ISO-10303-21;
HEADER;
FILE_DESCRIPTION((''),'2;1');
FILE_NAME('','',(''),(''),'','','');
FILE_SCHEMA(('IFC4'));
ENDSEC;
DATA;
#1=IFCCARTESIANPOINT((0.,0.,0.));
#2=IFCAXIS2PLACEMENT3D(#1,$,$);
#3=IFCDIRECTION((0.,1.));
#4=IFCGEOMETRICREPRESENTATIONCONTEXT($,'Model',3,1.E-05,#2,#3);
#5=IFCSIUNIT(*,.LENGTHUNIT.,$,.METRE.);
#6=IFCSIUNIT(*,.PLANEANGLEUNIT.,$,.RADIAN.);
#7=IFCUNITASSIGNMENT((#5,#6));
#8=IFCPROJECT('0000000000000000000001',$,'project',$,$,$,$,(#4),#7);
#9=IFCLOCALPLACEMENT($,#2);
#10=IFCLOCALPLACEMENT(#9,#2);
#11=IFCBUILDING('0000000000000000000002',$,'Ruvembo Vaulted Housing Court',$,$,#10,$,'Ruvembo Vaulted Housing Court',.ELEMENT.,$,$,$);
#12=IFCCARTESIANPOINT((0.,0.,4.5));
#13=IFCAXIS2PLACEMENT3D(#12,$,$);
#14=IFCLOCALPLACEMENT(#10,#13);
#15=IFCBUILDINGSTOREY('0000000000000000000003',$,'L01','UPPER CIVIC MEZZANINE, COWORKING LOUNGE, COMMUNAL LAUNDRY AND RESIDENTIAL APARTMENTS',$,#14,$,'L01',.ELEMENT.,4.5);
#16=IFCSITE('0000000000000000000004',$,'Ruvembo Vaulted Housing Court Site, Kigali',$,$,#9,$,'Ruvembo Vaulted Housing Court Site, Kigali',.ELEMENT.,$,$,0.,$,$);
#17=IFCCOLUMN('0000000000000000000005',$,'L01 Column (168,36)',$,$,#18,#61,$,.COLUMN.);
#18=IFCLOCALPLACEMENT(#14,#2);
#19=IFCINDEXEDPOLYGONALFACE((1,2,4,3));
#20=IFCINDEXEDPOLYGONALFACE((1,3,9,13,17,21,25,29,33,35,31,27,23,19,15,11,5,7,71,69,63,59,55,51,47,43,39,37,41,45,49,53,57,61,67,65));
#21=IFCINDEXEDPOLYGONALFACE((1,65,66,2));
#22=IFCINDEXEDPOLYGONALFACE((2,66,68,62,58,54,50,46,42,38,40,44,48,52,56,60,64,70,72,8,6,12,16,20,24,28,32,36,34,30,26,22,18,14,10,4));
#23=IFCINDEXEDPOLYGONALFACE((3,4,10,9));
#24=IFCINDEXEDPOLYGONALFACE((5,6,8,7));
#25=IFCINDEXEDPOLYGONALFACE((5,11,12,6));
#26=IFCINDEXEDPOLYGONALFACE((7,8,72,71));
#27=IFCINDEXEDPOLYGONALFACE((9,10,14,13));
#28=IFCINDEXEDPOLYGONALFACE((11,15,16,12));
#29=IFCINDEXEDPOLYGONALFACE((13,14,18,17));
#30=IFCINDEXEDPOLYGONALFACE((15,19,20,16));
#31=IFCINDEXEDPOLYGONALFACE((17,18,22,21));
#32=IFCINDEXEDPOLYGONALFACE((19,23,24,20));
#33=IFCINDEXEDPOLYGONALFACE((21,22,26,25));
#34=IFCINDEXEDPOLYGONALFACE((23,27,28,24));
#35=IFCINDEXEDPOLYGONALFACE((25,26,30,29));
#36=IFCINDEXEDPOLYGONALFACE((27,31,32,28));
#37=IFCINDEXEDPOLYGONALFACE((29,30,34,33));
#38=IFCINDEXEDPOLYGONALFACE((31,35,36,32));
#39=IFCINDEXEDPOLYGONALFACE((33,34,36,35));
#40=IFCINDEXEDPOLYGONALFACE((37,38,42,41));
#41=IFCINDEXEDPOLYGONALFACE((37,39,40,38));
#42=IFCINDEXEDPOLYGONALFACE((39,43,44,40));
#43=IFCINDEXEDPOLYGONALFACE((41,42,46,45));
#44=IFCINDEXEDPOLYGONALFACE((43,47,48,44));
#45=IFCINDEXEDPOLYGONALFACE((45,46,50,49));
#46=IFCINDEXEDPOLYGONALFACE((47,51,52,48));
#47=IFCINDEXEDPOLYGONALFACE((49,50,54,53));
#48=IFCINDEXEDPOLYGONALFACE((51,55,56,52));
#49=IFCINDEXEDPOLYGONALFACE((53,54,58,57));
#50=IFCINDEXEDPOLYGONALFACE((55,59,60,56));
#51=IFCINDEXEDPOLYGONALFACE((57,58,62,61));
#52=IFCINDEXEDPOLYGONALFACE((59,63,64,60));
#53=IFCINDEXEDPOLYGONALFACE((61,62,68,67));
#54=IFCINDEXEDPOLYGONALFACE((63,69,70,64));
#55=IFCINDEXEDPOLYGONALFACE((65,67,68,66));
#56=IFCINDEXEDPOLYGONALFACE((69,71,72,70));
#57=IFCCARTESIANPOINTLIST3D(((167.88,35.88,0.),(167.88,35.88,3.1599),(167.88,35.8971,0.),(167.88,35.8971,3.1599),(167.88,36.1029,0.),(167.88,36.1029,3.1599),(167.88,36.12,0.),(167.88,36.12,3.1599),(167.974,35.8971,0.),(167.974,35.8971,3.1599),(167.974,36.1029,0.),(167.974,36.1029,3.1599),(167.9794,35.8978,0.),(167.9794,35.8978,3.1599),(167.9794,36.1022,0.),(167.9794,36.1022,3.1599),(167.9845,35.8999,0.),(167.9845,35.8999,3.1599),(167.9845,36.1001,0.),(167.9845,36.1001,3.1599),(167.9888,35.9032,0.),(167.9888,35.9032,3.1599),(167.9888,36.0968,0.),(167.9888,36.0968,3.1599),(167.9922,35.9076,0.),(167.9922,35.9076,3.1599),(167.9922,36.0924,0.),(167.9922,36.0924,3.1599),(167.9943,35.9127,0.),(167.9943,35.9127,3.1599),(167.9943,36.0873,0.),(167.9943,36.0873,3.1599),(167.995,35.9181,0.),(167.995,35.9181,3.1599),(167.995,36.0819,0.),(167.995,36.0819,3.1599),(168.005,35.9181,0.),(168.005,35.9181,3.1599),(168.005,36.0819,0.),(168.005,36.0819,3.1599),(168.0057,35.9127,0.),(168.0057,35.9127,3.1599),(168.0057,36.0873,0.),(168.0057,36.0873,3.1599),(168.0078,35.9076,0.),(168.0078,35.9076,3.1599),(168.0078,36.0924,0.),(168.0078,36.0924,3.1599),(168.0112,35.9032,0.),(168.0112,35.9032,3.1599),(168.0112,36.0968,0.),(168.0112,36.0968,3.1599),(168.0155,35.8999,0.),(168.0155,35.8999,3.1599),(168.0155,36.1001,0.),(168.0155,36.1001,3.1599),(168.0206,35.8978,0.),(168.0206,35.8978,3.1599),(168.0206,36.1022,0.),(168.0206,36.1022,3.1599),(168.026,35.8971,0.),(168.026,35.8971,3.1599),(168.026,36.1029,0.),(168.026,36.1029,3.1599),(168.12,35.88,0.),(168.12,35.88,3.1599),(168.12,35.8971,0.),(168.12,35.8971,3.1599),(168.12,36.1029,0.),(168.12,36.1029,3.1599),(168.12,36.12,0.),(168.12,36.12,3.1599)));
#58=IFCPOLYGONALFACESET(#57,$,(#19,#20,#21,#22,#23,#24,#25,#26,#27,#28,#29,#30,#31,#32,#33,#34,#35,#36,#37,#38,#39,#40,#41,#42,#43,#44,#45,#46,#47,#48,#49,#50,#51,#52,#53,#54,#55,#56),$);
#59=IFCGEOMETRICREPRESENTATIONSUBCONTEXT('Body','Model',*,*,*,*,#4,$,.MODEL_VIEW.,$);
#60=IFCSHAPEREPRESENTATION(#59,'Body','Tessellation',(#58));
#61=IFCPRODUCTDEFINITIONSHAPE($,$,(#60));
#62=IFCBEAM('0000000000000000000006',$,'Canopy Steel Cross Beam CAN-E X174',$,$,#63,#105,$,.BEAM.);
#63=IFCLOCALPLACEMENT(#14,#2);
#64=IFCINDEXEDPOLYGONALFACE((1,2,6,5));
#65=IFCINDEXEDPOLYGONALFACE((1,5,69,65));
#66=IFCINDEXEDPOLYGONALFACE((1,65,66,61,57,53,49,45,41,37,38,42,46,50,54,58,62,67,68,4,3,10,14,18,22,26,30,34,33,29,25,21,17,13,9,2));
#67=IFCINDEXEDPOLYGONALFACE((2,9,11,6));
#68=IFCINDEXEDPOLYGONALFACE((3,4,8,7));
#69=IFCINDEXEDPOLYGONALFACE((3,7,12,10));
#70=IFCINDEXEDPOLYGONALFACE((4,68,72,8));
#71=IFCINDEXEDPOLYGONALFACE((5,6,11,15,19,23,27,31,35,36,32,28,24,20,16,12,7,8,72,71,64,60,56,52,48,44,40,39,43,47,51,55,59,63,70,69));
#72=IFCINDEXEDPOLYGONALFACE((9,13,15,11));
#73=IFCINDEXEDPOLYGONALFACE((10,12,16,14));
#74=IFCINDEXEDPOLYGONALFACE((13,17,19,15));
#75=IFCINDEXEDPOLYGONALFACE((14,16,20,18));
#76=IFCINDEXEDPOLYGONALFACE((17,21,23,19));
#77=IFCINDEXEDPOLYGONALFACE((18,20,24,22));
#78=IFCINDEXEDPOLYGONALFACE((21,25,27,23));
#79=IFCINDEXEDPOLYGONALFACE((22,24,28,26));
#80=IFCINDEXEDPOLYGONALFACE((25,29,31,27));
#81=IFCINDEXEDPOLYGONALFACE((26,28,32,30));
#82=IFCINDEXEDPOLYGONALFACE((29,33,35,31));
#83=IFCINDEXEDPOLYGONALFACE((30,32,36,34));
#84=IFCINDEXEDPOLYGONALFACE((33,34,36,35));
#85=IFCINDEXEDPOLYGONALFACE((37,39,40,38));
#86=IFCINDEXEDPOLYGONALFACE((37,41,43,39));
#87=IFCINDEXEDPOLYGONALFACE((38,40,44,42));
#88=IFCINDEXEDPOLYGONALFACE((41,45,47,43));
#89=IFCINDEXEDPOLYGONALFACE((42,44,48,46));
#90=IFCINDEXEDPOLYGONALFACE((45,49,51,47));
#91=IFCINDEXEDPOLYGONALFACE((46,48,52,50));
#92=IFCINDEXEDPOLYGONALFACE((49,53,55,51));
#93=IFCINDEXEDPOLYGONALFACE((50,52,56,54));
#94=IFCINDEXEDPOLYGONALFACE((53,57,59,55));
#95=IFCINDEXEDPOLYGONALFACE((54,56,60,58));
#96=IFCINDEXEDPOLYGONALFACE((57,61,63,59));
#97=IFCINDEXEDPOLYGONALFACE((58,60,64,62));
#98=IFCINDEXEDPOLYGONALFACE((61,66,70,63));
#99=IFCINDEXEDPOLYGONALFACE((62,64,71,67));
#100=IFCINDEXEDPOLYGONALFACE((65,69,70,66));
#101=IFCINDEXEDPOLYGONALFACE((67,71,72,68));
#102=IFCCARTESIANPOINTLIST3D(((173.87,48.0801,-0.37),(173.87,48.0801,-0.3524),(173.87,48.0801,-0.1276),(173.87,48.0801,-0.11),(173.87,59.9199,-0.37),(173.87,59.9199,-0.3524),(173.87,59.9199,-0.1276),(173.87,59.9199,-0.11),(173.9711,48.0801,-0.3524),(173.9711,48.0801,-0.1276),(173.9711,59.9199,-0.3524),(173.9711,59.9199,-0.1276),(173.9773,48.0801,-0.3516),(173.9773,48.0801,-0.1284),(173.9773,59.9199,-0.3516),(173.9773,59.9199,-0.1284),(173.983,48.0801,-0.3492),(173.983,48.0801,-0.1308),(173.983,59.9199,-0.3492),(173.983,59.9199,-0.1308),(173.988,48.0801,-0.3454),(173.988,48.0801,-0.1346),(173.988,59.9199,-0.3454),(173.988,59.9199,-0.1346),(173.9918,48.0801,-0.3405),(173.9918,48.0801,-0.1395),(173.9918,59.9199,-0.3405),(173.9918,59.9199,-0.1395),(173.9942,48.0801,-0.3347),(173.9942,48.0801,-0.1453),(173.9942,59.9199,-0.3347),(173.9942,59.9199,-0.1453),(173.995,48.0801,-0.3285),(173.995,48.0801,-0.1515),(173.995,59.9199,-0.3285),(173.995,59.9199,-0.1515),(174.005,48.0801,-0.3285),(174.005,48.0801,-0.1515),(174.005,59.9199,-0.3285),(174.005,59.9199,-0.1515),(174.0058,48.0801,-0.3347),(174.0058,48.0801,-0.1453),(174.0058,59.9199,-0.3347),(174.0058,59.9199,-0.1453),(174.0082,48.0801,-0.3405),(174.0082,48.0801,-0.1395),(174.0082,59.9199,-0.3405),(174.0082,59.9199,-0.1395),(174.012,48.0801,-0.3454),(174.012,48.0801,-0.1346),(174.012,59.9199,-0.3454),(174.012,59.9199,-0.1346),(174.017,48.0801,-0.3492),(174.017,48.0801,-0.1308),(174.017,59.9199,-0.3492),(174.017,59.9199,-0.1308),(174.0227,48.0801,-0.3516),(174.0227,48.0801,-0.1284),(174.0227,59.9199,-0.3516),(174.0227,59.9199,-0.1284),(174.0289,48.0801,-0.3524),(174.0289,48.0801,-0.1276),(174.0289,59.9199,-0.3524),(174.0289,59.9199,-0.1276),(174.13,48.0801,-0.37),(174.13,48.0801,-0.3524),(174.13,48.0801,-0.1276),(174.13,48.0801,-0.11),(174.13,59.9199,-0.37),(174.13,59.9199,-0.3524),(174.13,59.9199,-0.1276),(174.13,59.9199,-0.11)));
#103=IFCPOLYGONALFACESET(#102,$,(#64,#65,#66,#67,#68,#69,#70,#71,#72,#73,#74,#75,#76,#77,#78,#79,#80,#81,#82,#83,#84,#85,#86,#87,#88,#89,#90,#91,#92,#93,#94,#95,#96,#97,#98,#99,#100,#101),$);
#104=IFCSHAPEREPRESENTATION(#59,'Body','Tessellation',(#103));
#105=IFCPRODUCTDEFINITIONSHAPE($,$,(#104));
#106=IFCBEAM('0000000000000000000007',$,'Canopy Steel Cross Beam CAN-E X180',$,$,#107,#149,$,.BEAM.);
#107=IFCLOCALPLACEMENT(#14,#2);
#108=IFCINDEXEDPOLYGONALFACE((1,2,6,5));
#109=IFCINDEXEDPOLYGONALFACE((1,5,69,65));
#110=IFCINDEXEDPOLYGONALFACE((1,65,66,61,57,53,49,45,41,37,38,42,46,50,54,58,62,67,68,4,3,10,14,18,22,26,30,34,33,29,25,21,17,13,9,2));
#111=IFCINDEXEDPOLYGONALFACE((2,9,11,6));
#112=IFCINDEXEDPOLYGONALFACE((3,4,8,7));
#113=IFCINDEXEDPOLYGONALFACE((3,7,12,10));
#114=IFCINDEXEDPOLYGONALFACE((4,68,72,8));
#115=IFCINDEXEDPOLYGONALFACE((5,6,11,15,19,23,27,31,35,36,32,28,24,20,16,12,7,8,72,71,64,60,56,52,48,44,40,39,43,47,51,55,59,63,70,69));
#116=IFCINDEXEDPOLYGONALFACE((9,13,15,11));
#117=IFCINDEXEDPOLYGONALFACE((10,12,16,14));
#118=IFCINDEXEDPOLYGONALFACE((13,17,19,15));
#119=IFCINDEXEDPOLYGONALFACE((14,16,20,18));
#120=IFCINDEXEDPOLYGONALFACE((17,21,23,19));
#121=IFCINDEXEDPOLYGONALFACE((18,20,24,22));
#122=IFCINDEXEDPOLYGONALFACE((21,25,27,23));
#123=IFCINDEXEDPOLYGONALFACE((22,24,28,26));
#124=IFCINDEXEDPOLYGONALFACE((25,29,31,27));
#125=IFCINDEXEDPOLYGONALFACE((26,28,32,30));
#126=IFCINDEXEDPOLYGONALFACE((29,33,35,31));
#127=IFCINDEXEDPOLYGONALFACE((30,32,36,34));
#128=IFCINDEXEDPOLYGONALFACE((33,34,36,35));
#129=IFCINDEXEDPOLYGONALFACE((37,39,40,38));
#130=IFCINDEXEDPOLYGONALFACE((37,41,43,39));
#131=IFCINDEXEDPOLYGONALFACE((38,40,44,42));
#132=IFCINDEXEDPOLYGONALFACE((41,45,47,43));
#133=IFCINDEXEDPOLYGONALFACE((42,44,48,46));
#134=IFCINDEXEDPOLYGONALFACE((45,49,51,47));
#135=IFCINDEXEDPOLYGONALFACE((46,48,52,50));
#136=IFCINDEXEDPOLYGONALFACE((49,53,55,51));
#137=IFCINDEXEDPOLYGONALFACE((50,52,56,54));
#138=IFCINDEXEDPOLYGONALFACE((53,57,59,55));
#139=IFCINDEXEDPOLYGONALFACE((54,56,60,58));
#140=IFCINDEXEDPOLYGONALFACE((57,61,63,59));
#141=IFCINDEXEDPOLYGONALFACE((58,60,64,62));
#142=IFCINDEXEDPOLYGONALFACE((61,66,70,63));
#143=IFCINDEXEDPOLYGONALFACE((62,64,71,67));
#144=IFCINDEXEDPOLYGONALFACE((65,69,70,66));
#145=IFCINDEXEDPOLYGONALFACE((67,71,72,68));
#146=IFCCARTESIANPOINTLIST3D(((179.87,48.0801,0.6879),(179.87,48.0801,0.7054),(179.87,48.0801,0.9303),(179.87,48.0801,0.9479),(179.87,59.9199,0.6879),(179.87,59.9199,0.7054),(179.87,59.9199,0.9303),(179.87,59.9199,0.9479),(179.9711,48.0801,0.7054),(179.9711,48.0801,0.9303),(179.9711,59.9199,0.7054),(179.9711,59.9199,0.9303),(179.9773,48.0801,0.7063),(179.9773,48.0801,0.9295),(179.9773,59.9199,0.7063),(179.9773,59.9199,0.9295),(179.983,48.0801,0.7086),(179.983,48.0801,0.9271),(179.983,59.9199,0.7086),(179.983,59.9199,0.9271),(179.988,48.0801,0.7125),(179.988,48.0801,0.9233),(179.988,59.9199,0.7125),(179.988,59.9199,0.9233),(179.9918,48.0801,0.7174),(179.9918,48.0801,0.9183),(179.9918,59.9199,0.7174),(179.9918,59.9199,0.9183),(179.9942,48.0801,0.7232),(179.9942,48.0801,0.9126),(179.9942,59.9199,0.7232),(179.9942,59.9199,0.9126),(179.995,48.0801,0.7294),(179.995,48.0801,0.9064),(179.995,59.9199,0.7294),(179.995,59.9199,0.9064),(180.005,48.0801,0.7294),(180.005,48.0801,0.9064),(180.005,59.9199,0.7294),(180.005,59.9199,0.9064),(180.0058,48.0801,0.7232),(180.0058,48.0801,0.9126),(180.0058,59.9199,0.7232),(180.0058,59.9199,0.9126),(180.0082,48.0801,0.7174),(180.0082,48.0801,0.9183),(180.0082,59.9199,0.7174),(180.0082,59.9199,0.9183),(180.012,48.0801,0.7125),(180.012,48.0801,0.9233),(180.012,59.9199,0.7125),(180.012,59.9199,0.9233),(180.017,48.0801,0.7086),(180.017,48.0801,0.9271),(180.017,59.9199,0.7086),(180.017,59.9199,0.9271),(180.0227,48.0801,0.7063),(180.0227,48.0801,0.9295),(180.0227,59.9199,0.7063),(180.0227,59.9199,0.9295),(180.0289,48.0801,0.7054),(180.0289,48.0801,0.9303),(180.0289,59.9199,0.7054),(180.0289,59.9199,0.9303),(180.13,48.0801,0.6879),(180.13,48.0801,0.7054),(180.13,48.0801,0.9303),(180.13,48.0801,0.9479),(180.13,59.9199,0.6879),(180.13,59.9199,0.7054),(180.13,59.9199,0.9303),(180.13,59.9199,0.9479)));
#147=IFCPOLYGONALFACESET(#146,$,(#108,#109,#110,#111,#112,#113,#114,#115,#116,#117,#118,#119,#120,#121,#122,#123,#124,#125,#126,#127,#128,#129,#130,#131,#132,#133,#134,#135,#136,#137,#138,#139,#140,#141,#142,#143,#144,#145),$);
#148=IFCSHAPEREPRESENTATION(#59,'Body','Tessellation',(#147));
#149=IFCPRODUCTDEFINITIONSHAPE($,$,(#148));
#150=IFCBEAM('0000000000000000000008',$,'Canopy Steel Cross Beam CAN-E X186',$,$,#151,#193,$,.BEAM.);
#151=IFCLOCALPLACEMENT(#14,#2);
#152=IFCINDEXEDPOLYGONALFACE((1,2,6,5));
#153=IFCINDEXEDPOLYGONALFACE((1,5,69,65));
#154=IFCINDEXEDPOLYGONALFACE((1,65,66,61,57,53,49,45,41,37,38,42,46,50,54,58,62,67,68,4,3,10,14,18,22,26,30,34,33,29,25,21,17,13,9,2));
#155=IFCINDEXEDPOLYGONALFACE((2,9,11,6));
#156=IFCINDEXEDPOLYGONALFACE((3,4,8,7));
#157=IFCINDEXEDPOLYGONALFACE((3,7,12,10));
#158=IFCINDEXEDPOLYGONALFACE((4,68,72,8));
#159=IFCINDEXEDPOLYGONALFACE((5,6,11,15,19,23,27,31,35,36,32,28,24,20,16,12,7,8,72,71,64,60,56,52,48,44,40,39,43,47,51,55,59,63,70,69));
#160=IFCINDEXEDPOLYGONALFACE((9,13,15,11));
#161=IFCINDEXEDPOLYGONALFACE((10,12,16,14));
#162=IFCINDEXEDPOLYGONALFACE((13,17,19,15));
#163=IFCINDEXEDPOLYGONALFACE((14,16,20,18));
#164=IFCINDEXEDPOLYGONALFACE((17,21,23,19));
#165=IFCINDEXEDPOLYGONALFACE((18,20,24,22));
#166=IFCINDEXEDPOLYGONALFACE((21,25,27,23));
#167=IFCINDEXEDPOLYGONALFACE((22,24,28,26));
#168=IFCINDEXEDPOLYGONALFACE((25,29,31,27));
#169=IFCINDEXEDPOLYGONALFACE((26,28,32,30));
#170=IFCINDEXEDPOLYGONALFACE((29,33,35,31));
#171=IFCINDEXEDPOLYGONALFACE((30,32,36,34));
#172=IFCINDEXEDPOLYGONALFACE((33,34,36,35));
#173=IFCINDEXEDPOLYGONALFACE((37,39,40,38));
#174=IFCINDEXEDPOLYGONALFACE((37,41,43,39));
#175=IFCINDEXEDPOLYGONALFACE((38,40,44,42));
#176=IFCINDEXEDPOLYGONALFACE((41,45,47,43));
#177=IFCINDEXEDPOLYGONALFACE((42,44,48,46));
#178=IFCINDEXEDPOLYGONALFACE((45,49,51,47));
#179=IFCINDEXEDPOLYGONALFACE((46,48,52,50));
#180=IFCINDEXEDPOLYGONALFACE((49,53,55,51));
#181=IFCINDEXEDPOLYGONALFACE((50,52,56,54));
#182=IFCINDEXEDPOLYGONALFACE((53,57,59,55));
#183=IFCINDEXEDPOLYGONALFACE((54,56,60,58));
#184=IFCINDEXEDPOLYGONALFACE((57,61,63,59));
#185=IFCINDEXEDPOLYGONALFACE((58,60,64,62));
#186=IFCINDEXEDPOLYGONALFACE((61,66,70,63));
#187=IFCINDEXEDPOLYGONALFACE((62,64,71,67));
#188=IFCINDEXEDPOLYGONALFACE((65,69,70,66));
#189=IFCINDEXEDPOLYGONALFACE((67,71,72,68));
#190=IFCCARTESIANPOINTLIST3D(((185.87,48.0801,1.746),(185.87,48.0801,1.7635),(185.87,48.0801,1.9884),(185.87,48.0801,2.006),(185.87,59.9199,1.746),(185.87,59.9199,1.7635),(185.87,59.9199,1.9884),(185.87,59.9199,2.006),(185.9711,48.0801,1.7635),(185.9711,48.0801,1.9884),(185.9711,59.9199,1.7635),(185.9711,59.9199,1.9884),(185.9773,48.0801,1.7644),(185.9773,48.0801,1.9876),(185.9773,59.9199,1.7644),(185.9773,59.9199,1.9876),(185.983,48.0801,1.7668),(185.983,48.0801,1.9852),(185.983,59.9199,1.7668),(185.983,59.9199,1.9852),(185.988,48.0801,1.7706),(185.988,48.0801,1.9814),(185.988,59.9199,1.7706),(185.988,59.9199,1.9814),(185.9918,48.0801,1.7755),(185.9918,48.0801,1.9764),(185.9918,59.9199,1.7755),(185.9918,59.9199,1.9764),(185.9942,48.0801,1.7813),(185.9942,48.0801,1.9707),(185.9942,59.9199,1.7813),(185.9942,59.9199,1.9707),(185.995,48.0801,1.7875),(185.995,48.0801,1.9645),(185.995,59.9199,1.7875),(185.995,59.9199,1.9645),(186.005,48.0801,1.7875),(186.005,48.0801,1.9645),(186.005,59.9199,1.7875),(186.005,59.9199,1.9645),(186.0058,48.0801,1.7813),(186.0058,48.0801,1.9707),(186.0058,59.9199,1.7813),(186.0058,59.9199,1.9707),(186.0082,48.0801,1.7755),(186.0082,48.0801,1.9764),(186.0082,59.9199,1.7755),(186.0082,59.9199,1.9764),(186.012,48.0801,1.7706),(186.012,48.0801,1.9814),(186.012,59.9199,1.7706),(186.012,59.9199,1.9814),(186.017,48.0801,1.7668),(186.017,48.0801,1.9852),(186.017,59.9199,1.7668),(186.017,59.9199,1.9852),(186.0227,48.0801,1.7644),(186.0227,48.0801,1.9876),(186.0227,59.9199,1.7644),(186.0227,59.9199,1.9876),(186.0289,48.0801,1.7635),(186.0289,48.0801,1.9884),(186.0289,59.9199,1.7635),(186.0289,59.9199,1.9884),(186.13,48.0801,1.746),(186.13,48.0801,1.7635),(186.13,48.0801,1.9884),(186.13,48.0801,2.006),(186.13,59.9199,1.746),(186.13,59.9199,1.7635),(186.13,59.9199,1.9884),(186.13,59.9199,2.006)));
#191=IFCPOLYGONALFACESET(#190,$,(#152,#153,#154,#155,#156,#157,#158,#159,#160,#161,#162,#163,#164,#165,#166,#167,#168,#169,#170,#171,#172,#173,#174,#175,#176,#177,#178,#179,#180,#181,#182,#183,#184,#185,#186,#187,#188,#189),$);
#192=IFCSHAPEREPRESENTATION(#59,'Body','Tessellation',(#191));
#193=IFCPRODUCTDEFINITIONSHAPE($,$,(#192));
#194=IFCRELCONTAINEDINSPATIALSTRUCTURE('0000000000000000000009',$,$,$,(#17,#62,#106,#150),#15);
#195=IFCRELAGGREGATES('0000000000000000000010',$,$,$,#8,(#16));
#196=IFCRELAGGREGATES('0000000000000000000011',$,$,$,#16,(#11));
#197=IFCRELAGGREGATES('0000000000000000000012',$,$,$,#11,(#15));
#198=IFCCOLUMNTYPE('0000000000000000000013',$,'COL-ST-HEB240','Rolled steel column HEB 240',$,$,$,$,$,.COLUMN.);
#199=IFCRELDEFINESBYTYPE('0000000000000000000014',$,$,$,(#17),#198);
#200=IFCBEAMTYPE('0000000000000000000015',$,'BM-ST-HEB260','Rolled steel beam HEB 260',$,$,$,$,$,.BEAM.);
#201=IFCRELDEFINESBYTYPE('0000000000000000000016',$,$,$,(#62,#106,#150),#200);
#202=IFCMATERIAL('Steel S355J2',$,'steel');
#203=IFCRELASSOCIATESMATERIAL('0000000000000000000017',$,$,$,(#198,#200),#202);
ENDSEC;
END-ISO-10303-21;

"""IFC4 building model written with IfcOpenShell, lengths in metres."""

from ifc_helpers import new_model, si_unit, direction, frame, origin, origin_2d, place, context, subcontext, project, spatial, i_section, extrude, material, material_profile, profile_set, type_object, element, save


model = new_model("IFC4")

# Units and contexts
model_context = context("Model", 3, precision=1e-05, world=origin(), true_north=direction((0.0, 1.0)))
body_context = subcontext(model_context, "Body", "Model", "MODEL_VIEW")
ifc_project = project(units=[si_unit("LENGTHUNIT", "METRE"), si_unit("PLANEANGLEUNIT", "RADIAN")], contexts=[model_context])

# Site, building, storey
site_placement = place(None, origin())
site = spatial("IfcSite", under=ifc_project, at=site_placement, Name="Ruvembo Vaulted Housing Court Site, Kigali", LongName="Ruvembo Vaulted Housing Court Site, Kigali", CompositionType="ELEMENT", RefElevation=0.0)
building_placement = place(site_placement, origin())
building = spatial("IfcBuilding", under=site, at=building_placement, Name="Ruvembo Vaulted Housing Court", LongName="Ruvembo Vaulted Housing Court", CompositionType="ELEMENT")
storey_placement = place(building_placement, frame((0.0, 0.0, 4.5)))
storey = spatial("IfcBuildingStorey", under=building, at=storey_placement, Name="L01", Description="UPPER CIVIC MEZZANINE, COWORKING LOUNGE, COMMUNAL LAUNDRY AND RESIDENTIAL APARTMENTS", LongName="L01", CompositionType="ELEMENT", Elevation=4.5)

# Column
ifc_material_1 = material(Name="Steel S355J2", Category="steel")
ifc_material_profile_1 = material_profile(ifc_material_1, i_section(OverallWidth=0.24, OverallDepth=0.24, WebThickness=0.01, FlangeThickness=0.0171, FilletRadius=0.021, at=origin_2d()), Name="HEB 240")
ifc_profile_set_1 = profile_set([ifc_material_profile_1], Name="Steel S355J2")
column_type = type_object("IfcColumnType", Name="COL-ST-HEB240", Description="Rolled steel column HEB 240", PredefinedType="COLUMN", material=ifc_profile_set_1)
column_placement = place(storey_placement, frame((168.0, 36.0, 0.0), z_axis=(0.0, 0.0, 1.0), x_axis=(1.0, 0.0, 0.0)))
element("IfcColumn", 1, at=column_placement, inside=storey, type_object=column_type, Name="L01 Column (168,36)", PredefinedType="COLUMN", context=body_context, shape_type="SweptSolid", body=[
    extrude(i_section(OverallWidth=0.24, OverallDepth=0.24, WebThickness=0.01, FlangeThickness=0.0171, FilletRadius=0.021, at=origin_2d()), origin(), (0.0, 0.0, 1.0), 3.1599),
])

# Beams
ifc_material_profile_2 = material_profile(ifc_material_1, i_section(OverallWidth=0.26, OverallDepth=0.26, WebThickness=0.01, FlangeThickness=0.0176, FilletRadius=0.0239, at=origin_2d()), Name="HEB 260")
ifc_profile_set_2 = profile_set([ifc_material_profile_2], Name="Steel S355J2")
beam_type = type_object("IfcBeamType", Name="BM-ST-HEB260", Description="Rolled steel beam HEB 260", PredefinedType="BEAM", material=ifc_profile_set_2)
for number, where, z_axis, x_axis, name in (
    (2, (174.0, 48.0801, -0.24), (0.0, 1.0, 0.0), (-1.0, 0.0, 0.0), "Canopy Steel Cross Beam CAN-E X174"),
    (3, (180.0, 48.0801, 0.8179), (0.0, 1.0, 0.0), (-1.0, 0.0, 0.0), "Canopy Steel Cross Beam CAN-E X180"),
    (4, (186.0, 48.0801, 1.876), (0.0, 1.0, 0.0), (-1.0, 0.0, 0.0), "Canopy Steel Cross Beam CAN-E X186"),
):
    element("IfcBeam", number, at=place(storey_placement, frame(where, z_axis=z_axis, x_axis=x_axis)), inside=storey, type_object=beam_type, Name=name, PredefinedType="BEAM", context=body_context, shape_type="SweptSolid", body=[
        extrude(i_section(OverallWidth=0.26, OverallDepth=0.26, WebThickness=0.01, FlangeThickness=0.0176, FilletRadius=0.0239, at=origin_2d()), origin(), (0.0, 0.0, 1.0), 11.8398),
    ])

save(model, "model.ifc")
